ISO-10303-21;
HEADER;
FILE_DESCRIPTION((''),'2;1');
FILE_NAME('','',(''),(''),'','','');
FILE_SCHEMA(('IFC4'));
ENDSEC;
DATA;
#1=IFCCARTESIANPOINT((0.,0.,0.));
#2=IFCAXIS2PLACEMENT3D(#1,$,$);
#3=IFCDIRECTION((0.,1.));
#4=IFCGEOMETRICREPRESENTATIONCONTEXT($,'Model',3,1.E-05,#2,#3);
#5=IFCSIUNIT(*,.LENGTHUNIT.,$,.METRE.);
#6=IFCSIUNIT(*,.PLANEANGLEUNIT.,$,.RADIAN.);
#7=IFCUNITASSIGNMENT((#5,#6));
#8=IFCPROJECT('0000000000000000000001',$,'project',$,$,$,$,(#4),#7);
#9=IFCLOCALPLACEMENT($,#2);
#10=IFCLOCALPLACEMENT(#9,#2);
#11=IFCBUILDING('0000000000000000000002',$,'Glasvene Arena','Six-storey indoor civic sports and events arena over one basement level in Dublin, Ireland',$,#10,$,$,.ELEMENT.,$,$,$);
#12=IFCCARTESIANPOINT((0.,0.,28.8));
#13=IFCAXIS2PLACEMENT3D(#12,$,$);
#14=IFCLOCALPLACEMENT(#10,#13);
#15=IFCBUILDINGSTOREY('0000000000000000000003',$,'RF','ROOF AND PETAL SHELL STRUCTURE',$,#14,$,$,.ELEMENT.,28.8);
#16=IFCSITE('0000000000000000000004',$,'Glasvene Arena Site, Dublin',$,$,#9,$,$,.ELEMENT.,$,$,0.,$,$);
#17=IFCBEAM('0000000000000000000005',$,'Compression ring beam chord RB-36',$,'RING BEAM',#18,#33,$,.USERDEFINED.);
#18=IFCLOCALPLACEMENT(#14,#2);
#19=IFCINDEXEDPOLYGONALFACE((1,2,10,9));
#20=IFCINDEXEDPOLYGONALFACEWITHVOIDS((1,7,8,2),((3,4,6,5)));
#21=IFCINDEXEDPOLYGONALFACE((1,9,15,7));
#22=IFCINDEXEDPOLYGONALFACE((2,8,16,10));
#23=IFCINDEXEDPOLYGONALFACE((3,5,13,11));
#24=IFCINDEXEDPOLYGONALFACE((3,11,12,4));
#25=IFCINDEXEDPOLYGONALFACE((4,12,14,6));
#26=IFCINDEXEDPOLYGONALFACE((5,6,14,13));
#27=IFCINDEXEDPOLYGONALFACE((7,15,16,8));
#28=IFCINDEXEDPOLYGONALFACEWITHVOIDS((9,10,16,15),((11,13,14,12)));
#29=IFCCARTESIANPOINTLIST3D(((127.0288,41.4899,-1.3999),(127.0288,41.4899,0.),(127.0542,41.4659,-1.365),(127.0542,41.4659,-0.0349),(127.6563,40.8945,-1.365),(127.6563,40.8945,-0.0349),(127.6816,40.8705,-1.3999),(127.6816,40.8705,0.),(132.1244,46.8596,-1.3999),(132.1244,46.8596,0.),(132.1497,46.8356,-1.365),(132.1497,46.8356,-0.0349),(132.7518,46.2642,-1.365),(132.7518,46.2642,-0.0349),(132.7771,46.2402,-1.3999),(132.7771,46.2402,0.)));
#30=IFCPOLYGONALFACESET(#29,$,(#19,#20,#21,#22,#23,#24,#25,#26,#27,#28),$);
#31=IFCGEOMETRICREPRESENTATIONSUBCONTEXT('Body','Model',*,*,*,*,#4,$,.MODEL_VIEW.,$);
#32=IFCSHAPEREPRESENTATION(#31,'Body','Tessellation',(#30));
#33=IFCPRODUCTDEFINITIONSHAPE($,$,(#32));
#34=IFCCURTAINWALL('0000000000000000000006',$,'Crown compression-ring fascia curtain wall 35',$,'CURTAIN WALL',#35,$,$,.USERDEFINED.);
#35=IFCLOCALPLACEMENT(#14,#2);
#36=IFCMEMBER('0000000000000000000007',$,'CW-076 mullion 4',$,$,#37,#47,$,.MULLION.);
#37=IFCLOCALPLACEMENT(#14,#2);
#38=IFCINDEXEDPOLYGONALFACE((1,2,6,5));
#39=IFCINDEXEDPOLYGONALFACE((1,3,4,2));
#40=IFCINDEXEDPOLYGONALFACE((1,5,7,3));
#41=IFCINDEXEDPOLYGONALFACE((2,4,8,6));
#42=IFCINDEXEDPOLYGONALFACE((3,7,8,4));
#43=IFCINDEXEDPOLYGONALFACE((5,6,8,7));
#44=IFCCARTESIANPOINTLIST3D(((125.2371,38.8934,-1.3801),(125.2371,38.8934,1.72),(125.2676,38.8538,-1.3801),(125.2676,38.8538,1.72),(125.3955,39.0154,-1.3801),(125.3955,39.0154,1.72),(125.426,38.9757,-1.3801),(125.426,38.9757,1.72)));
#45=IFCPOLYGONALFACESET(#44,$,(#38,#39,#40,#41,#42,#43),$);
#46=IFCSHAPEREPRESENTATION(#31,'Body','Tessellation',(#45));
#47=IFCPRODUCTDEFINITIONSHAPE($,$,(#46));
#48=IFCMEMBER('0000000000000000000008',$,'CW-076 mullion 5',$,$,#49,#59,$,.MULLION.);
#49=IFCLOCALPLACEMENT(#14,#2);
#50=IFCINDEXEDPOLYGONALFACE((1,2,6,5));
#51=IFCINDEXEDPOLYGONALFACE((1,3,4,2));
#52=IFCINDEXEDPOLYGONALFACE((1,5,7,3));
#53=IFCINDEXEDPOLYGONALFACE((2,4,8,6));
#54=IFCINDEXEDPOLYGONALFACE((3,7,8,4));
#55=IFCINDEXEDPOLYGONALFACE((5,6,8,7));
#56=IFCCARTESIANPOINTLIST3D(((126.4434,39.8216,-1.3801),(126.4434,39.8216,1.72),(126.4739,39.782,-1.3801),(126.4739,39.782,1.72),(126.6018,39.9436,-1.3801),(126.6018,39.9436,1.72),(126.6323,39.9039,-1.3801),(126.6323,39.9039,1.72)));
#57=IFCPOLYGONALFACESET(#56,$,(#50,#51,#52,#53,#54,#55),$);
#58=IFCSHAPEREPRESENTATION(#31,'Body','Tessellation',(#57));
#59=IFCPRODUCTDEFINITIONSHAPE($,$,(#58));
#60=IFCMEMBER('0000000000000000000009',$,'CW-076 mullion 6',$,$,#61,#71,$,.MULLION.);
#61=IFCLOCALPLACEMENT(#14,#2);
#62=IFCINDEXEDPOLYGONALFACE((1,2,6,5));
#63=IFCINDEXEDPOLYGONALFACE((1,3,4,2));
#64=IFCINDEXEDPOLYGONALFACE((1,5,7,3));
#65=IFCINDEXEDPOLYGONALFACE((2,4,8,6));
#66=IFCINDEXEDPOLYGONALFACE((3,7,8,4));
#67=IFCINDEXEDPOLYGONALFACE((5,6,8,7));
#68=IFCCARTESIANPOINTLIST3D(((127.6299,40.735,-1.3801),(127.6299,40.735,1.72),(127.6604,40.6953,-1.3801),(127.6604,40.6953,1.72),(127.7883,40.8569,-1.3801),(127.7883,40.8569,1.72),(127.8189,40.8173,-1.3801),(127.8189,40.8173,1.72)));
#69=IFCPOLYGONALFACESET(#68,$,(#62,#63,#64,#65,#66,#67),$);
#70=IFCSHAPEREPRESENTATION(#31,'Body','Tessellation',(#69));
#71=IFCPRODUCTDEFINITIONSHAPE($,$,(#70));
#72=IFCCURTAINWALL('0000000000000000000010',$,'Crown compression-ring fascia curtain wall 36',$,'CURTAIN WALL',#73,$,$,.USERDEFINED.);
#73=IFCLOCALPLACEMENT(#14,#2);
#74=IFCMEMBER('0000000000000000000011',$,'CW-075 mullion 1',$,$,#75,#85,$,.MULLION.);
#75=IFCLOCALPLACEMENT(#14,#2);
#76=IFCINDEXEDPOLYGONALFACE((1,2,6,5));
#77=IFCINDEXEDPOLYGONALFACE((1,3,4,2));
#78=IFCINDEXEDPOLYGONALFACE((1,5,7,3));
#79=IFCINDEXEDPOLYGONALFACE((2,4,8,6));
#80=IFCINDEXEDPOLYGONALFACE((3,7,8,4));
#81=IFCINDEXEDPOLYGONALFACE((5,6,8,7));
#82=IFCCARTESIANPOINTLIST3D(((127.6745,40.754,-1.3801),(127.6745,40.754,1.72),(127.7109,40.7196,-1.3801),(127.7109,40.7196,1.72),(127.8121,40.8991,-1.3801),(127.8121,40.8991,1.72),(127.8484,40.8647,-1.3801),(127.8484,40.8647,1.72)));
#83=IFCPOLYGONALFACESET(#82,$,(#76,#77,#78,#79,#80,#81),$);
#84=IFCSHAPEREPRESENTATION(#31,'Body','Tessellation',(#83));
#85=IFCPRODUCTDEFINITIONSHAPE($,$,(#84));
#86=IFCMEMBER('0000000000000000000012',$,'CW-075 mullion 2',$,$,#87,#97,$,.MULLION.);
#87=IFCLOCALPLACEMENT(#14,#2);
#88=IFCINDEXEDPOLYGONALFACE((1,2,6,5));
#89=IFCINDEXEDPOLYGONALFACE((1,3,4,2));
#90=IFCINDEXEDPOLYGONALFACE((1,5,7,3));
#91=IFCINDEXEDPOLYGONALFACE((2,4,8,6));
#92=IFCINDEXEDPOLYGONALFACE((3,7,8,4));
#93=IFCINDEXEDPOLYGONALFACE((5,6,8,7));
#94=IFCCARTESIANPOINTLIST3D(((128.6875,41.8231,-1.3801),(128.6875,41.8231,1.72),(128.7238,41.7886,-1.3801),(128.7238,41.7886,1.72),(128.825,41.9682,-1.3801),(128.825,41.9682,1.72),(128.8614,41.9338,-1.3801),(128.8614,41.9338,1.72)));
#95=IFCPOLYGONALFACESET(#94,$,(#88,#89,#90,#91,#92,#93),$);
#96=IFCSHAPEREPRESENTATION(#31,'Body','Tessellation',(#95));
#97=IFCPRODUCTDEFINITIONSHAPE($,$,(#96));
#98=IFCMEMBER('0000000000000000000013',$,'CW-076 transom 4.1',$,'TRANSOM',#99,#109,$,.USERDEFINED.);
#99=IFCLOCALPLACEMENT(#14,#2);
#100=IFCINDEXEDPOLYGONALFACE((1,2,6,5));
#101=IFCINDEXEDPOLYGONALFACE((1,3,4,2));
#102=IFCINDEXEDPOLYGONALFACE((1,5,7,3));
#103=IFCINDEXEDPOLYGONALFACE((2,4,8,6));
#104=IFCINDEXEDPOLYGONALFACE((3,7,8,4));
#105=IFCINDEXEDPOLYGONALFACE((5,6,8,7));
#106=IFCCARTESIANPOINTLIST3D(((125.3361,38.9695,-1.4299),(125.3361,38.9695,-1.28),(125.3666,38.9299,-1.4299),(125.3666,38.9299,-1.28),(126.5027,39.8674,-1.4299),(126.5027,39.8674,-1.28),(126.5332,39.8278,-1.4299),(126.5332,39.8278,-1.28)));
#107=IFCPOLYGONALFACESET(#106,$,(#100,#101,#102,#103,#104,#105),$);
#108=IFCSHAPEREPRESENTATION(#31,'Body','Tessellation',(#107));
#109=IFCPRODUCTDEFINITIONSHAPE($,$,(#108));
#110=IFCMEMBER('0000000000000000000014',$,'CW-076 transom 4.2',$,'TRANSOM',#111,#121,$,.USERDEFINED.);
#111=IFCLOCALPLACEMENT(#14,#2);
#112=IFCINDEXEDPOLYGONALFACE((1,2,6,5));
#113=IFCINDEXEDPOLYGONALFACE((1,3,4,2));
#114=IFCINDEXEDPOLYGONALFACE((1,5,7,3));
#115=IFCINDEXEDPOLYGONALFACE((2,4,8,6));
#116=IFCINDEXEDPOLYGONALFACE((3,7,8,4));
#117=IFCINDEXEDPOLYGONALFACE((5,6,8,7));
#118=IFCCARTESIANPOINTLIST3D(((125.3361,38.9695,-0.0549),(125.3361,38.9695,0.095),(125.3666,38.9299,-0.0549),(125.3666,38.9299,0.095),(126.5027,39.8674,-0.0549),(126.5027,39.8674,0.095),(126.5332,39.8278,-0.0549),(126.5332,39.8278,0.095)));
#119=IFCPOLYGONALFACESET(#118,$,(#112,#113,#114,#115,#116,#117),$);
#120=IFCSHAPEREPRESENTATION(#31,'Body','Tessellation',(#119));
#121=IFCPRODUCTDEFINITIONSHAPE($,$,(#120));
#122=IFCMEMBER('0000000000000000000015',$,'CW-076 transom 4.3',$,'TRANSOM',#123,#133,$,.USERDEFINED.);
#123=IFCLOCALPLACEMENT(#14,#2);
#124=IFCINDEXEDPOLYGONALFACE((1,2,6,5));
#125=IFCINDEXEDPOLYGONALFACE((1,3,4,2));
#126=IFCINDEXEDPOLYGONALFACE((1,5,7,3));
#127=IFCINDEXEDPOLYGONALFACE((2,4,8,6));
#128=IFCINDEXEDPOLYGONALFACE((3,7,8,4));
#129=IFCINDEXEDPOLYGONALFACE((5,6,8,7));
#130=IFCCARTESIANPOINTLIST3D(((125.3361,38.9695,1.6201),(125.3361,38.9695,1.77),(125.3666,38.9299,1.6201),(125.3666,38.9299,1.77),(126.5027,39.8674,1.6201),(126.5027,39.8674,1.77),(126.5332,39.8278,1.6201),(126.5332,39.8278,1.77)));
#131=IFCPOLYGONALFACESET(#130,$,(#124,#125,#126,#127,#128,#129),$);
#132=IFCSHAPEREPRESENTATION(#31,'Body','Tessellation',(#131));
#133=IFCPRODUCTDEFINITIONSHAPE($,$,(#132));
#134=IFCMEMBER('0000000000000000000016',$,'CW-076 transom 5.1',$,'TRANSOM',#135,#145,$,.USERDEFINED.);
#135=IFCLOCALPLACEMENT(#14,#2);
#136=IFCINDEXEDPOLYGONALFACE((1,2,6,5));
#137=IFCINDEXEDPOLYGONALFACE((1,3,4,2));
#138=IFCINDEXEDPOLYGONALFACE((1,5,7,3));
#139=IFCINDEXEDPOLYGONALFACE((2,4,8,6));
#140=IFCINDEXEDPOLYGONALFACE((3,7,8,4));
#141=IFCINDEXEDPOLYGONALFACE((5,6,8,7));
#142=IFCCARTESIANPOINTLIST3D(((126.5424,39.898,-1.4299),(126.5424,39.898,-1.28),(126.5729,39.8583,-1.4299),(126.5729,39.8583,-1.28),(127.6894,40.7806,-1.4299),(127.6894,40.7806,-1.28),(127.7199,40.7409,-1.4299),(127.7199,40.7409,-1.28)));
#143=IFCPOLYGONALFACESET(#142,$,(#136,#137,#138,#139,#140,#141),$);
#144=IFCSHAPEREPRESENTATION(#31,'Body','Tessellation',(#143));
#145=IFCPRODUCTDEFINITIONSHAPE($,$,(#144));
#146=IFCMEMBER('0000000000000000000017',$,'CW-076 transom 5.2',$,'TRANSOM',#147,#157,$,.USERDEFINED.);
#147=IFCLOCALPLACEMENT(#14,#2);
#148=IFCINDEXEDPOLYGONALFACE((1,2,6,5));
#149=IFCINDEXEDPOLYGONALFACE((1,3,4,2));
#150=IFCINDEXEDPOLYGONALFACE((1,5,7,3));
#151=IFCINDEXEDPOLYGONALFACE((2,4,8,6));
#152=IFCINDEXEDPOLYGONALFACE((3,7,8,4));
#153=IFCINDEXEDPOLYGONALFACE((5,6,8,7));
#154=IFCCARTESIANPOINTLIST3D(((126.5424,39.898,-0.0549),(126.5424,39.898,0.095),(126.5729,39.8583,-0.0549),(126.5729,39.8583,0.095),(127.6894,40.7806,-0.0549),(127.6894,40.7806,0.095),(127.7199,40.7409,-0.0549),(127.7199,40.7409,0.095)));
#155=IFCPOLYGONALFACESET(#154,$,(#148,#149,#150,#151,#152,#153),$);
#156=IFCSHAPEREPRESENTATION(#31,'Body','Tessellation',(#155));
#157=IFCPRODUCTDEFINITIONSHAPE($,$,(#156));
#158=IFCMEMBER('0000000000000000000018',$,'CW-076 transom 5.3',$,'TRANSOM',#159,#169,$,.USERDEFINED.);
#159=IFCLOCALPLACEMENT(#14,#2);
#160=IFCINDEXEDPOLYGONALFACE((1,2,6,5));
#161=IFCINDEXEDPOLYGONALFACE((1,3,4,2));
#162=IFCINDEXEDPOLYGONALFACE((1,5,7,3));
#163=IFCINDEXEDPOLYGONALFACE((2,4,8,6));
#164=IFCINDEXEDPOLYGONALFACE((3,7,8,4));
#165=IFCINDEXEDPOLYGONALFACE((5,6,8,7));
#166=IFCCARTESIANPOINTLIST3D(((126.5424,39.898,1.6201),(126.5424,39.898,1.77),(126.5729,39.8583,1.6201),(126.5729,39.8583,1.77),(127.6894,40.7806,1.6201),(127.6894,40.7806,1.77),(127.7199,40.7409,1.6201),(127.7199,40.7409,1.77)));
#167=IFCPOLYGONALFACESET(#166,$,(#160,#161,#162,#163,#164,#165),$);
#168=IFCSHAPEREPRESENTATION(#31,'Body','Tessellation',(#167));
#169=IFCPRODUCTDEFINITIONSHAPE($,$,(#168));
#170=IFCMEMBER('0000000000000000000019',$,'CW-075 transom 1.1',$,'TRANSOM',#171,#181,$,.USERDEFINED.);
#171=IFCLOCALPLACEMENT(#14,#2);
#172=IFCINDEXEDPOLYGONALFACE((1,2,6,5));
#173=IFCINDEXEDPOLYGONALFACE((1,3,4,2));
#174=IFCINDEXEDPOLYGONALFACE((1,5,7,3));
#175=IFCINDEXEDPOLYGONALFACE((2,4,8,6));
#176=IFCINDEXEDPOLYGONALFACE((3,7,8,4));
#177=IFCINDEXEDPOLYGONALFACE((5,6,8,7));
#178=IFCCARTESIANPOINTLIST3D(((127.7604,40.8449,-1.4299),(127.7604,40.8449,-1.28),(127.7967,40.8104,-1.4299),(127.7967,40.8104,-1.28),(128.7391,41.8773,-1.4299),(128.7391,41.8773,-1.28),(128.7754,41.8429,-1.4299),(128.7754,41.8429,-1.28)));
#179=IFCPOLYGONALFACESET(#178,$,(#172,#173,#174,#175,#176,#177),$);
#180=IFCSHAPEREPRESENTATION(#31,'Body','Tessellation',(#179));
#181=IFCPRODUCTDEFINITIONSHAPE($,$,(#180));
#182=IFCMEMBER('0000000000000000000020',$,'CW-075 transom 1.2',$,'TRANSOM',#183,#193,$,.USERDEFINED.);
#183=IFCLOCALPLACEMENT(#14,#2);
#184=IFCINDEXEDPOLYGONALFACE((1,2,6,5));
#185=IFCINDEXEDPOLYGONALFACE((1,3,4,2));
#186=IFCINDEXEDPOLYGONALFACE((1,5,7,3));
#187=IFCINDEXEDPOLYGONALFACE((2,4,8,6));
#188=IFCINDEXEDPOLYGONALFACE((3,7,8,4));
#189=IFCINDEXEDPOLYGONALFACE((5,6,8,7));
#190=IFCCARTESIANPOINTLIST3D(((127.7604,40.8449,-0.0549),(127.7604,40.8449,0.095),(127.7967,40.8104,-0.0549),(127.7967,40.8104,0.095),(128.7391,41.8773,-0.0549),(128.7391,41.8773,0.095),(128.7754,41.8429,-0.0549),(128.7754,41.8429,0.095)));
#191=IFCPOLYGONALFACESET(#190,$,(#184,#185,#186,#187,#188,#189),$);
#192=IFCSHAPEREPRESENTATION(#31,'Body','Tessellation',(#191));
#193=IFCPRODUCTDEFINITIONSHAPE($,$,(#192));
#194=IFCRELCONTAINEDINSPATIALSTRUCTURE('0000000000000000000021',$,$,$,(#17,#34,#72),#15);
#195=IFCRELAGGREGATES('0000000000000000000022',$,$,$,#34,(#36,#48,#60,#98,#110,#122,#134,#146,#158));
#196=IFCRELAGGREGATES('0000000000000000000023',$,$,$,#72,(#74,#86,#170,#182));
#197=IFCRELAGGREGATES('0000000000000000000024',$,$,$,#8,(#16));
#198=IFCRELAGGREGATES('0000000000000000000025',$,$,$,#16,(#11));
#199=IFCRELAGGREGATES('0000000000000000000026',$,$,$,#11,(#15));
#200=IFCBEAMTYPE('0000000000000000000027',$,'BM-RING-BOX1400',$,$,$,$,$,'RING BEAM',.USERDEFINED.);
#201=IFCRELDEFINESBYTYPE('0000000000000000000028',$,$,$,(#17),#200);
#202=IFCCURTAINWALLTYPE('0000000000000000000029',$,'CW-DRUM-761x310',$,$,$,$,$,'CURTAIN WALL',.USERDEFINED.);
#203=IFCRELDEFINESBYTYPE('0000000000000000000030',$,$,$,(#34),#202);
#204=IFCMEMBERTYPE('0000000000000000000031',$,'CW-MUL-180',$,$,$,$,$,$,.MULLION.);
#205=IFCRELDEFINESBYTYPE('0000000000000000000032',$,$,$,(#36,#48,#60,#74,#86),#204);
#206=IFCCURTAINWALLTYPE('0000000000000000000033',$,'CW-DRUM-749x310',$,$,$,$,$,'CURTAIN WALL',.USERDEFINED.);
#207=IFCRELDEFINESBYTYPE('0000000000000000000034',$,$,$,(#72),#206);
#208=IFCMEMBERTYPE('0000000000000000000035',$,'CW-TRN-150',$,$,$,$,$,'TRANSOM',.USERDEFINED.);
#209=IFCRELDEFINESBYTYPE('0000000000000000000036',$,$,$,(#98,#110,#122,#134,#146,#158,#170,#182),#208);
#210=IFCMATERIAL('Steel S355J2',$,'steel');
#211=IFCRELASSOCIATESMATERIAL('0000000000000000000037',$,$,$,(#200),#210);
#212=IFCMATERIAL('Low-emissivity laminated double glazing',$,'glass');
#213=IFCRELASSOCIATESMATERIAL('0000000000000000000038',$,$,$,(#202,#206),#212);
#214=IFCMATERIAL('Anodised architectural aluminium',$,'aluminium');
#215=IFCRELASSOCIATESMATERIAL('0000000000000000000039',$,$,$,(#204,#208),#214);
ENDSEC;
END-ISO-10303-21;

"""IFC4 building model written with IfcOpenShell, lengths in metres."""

from ifc_helpers import new_model, si_unit, direction, frame, origin, origin_2d, place, context, subcontext, project, spatial, rectangle, hollow_rectangle, extrude, material, material_profile, profile_set, type_object, element, aggregate, save


model = new_model("IFC4")

# Units and contexts
model_context = context("Model", 3, precision=1e-05, world=origin(), true_north=direction((0.0, 1.0)))
body_context = subcontext(model_context, "Body", "Model", "MODEL_VIEW")
ifc_project = project(units=[si_unit("LENGTHUNIT", "METRE"), si_unit("PLANEANGLEUNIT", "RADIAN")], contexts=[model_context])

# Site, building, storey
site_placement = place(None, origin())
site = spatial("IfcSite", under=ifc_project, at=site_placement, Name="Glasvene Arena Site, Dublin", CompositionType="ELEMENT", RefElevation=0.0)
building_placement = place(site_placement, origin())
building = spatial("IfcBuilding", under=site, at=building_placement, Name="Glasvene Arena", Description="Six-storey indoor civic sports and events arena over one basement level in Dublin, Ireland", CompositionType="ELEMENT")
storey_placement = place(building_placement, frame((0.0, 0.0, 28.8)))
storey = spatial("IfcBuildingStorey", under=building, at=storey_placement, Name="RF", Description="ROOF AND PETAL SHELL STRUCTURE", CompositionType="ELEMENT", Elevation=28.8)

# Beam
ifc_material_1 = material(Name="Steel S355J2", Category="steel")
ifc_material_profile_1 = material_profile(ifc_material_1, hollow_rectangle(XDim=0.8999, YDim=1.3999, WallThickness=0.0349, at=origin_2d()), Name="WBOX 900x1400x35")
ifc_profile_set_1 = profile_set([ifc_material_profile_1], Name="Steel S355J2")
beam_type = type_object("IfcBeamType", Name="BM-RING-BOX1400", ElementType="RING BEAM", PredefinedType="USERDEFINED", material=ifc_profile_set_1)
beam_placement = place(storey_placement, frame((127.3552, 41.1802, -0.7), z_axis=(0.688345, 0.725383, 0.0), x_axis=(-0.725383, 0.688345, 0.0)))
element("IfcBeam", 1, at=beam_placement, inside=storey, type_object=beam_type, Name="Compression ring beam chord RB-36", ObjectType="RING BEAM", PredefinedType="USERDEFINED", context=body_context, shape_type="SweptSolid", body=[
    extrude(hollow_rectangle(XDim=0.8999, YDim=1.3999, WallThickness=0.0349, at=origin_2d()), origin(), (0.0, 0.0, 1.0), 7.4026),
])

# Curtain walls, members
ifc_material_2 = material(Name="Low-emissivity laminated double glazing", Category="glass")
curtain_wall_type_1 = type_object("IfcCurtainWallType", Name="CW-DRUM-761x310", ElementType="CURTAIN WALL", PredefinedType="USERDEFINED", material=ifc_material_2)
curtain_wall_1_placement = place(storey_placement, frame((121.7124, 36.1494, 0.0)))
curtain_wall_1 = element("IfcCurtainWall", 2, at=curtain_wall_1_placement, inside=storey, type_object=curtain_wall_type_1, Name="Crown compression-ring fascia curtain wall 35", ObjectType="CURTAIN WALL", PredefinedType="USERDEFINED")
ifc_material_3 = material(Name="Anodised architectural aluminium", Category="aluminium")
ifc_material_profile_2 = material_profile(ifc_material_3, rectangle(XDim=0.05, YDim=0.2, at=origin_2d()), Name="ALU MULLION 50x200")
ifc_profile_set_2 = profile_set([ifc_material_profile_2], Name="Anodised architectural aluminium")
member_type_1 = type_object("IfcMemberType", Name="CW-MUL-180", PredefinedType="MULLION", material=ifc_profile_set_2)
member_1_placement = place(storey_placement, frame((125.3315, 38.9346, -1.3801), z_axis=(0.0, 0.0, 1.0), x_axis=(-0.609895, 0.792482, 0.0)))
member_1 = element("IfcMember", 3, at=member_1_placement, type_object=member_type_1, Name="CW-076 mullion 4", PredefinedType="MULLION", context=body_context, shape_type="SweptSolid", body=[
    extrude(rectangle(XDim=0.05, YDim=0.2, at=origin_2d()), origin(), (0.0, 0.0, 1.0), 3.1001),
])
member_2_placement = place(storey_placement, frame((126.5378, 39.8628, -1.3801), z_axis=(0.0, 0.0, 1.0), x_axis=(-0.609895, 0.792482, 0.0)))
member_2 = element("IfcMember", 4, at=member_2_placement, type_object=member_type_1, Name="CW-076 mullion 5", PredefinedType="MULLION", context=body_context, shape_type="SweptSolid", body=[
    extrude(rectangle(XDim=0.05, YDim=0.2, at=origin_2d()), origin(), (0.0, 0.0, 1.0), 3.1001),
])
member_3_placement = place(storey_placement, frame((127.7244, 40.7761, -1.3801), z_axis=(0.0, 0.0, 1.0), x_axis=(-0.609895, 0.792482, 0.0)))
member_3 = element("IfcMember", 5, at=member_3_placement, type_object=member_type_1, Name="CW-076 mullion 6", PredefinedType="MULLION", context=body_context, shape_type="SweptSolid", body=[
    extrude(rectangle(XDim=0.05, YDim=0.2, at=origin_2d()), origin(), (0.0, 0.0, 1.0), 3.1001),
])
curtain_wall_type_2 = type_object("IfcCurtainWallType", Name="CW-DRUM-749x310", ElementType="CURTAIN WALL", PredefinedType="USERDEFINED", material=ifc_material_2)
curtain_wall_2_placement = place(storey_placement, frame((127.7441, 40.7913, 0.0)))
curtain_wall_2 = element("IfcCurtainWall", 6, at=curtain_wall_2_placement, inside=storey, type_object=curtain_wall_type_2, Name="Crown compression-ring fascia curtain wall 36", ObjectType="CURTAIN WALL", PredefinedType="USERDEFINED")
member_4_placement = place(storey_placement, frame((127.7615, 40.8093, -1.3801), z_axis=(0.0, 0.0, 1.0), x_axis=(-0.725782, 0.687925, 0.0)))
member_4 = element("IfcMember", 7, at=member_4_placement, type_object=member_type_1, Name="CW-075 mullion 1", PredefinedType="MULLION", context=body_context, shape_type="SweptSolid", body=[
    extrude(rectangle(XDim=0.05, YDim=0.2, at=origin_2d()), origin(), (0.0, 0.0, 1.0), 3.1001),
])
member_5_placement = place(storey_placement, frame((128.7744, 41.8784, -1.3801), z_axis=(0.0, 0.0, 1.0), x_axis=(-0.725782, 0.687925, 0.0)))
member_5 = element("IfcMember", 8, at=member_5_placement, type_object=member_type_1, Name="CW-075 mullion 2", PredefinedType="MULLION", context=body_context, shape_type="SweptSolid", body=[
    extrude(rectangle(XDim=0.05, YDim=0.2, at=origin_2d()), origin(), (0.0, 0.0, 1.0), 3.1001),
])

# Members
ifc_material_profile_3 = material_profile(ifc_material_3, rectangle(XDim=0.05, YDim=0.1499, at=origin_2d()), Name="ALU TRANSOM 50x150")
ifc_profile_set_3 = profile_set([ifc_material_profile_3], Name="Anodised architectural aluminium")
member_type_2 = type_object("IfcMemberType", Name="CW-TRN-150", ElementType="TRANSOM", PredefinedType="USERDEFINED", material=ifc_profile_set_3)
member_6_placement = place(storey_placement, frame((125.3513, 38.9497, -1.355), z_axis=(0.792476, 0.609903, 0.0), x_axis=(-0.609903, 0.792476, 0.0)))
member_6 = element("IfcMember", 9, at=member_6_placement, type_object=member_type_2, Name="CW-076 transom 4.1", ObjectType="TRANSOM", PredefinedType="USERDEFINED", context=body_context, shape_type="SweptSolid", body=[
    extrude(rectangle(XDim=0.05, YDim=0.1499, at=origin_2d()), origin(), (0.0, 0.0, 1.0), 1.4722),
])
member_7_placement = place(storey_placement, frame((125.3513, 38.9497, 0.02), z_axis=(0.792476, 0.609903, 0.0), x_axis=(-0.609903, 0.792476, 0.0)))
member_7 = element("IfcMember", 10, at=member_7_placement, type_object=member_type_2, Name="CW-076 transom 4.2", ObjectType="TRANSOM", PredefinedType="USERDEFINED", context=body_context, shape_type="SweptSolid", body=[
    extrude(rectangle(XDim=0.05, YDim=0.1499, at=origin_2d()), origin(), (0.0, 0.0, 1.0), 1.4722),
])
member_8_placement = place(storey_placement, frame((125.3513, 38.9497, 1.6951), z_axis=(0.792476, 0.609903, 0.0), x_axis=(-0.609903, 0.792476, 0.0)))
member_8 = element("IfcMember", 11, at=member_8_placement, type_object=member_type_2, Name="CW-076 transom 4.3", ObjectType="TRANSOM", PredefinedType="USERDEFINED", context=body_context, shape_type="SweptSolid", body=[
    extrude(rectangle(XDim=0.05, YDim=0.1499, at=origin_2d()), origin(), (0.0, 0.0, 1.0), 1.4722),
])
member_9_placement = place(storey_placement, frame((126.5576, 39.8782, -1.355), z_axis=(0.79253, 0.609833, 0.0), x_axis=(-0.609833, 0.79253, 0.0)))
member_9 = element("IfcMember", 12, at=member_9_placement, type_object=member_type_2, Name="CW-076 transom 5.1", ObjectType="TRANSOM", PredefinedType="USERDEFINED", context=body_context, shape_type="SweptSolid", body=[
    extrude(rectangle(XDim=0.05, YDim=0.1499, at=origin_2d()), origin(), (0.0, 0.0, 1.0), 1.4473),
])
member_10_placement = place(storey_placement, frame((126.5576, 39.8782, 0.02), z_axis=(0.79253, 0.609833, 0.0), x_axis=(-0.609833, 0.79253, 0.0)))
member_10 = element("IfcMember", 13, at=member_10_placement, type_object=member_type_2, Name="CW-076 transom 5.2", ObjectType="TRANSOM", PredefinedType="USERDEFINED", context=body_context, shape_type="SweptSolid", body=[
    extrude(rectangle(XDim=0.05, YDim=0.1499, at=origin_2d()), origin(), (0.0, 0.0, 1.0), 1.4473),
])
member_11_placement = place(storey_placement, frame((126.5576, 39.8782, 1.6951), z_axis=(0.79253, 0.609833, 0.0), x_axis=(-0.609833, 0.79253, 0.0)))
member_11 = element("IfcMember", 14, at=member_11_placement, type_object=member_type_2, Name="CW-076 transom 5.3", ObjectType="TRANSOM", PredefinedType="USERDEFINED", context=body_context, shape_type="SweptSolid", body=[
    extrude(rectangle(XDim=0.05, YDim=0.1499, at=origin_2d()), origin(), (0.0, 0.0, 1.0), 1.4473),
])
member_12_placement = place(storey_placement, frame((127.7786, 40.8276, -1.355), z_axis=(0.687978, 0.725732, 0.0), x_axis=(-0.725732, 0.687978, 0.0)))
member_12 = element("IfcMember", 15, at=member_12_placement, type_object=member_type_2, Name="CW-075 transom 1.1", ObjectType="TRANSOM", PredefinedType="USERDEFINED", context=body_context, shape_type="SweptSolid", body=[
    extrude(rectangle(XDim=0.05, YDim=0.1499, at=origin_2d()), origin(), (0.0, 0.0, 1.0), 1.4226),
])
member_13_placement = place(storey_placement, frame((127.7786, 40.8276, 0.02), z_axis=(0.687978, 0.725732, 0.0), x_axis=(-0.725732, 0.687978, 0.0)))
member_13 = element("IfcMember", 16, at=member_13_placement, type_object=member_type_2, Name="CW-075 transom 1.2", ObjectType="TRANSOM", PredefinedType="USERDEFINED", context=body_context, shape_type="SweptSolid", body=[
    extrude(rectangle(XDim=0.05, YDim=0.1499, at=origin_2d()), origin(), (0.0, 0.0, 1.0), 1.4226),
])

aggregate(curtain_wall_1, [member_1, member_2, member_3, member_6, member_7, member_8, member_9, member_10, member_11])
aggregate(curtain_wall_2, [member_4, member_5, member_12, member_13])

save(model, "model.ifc")
